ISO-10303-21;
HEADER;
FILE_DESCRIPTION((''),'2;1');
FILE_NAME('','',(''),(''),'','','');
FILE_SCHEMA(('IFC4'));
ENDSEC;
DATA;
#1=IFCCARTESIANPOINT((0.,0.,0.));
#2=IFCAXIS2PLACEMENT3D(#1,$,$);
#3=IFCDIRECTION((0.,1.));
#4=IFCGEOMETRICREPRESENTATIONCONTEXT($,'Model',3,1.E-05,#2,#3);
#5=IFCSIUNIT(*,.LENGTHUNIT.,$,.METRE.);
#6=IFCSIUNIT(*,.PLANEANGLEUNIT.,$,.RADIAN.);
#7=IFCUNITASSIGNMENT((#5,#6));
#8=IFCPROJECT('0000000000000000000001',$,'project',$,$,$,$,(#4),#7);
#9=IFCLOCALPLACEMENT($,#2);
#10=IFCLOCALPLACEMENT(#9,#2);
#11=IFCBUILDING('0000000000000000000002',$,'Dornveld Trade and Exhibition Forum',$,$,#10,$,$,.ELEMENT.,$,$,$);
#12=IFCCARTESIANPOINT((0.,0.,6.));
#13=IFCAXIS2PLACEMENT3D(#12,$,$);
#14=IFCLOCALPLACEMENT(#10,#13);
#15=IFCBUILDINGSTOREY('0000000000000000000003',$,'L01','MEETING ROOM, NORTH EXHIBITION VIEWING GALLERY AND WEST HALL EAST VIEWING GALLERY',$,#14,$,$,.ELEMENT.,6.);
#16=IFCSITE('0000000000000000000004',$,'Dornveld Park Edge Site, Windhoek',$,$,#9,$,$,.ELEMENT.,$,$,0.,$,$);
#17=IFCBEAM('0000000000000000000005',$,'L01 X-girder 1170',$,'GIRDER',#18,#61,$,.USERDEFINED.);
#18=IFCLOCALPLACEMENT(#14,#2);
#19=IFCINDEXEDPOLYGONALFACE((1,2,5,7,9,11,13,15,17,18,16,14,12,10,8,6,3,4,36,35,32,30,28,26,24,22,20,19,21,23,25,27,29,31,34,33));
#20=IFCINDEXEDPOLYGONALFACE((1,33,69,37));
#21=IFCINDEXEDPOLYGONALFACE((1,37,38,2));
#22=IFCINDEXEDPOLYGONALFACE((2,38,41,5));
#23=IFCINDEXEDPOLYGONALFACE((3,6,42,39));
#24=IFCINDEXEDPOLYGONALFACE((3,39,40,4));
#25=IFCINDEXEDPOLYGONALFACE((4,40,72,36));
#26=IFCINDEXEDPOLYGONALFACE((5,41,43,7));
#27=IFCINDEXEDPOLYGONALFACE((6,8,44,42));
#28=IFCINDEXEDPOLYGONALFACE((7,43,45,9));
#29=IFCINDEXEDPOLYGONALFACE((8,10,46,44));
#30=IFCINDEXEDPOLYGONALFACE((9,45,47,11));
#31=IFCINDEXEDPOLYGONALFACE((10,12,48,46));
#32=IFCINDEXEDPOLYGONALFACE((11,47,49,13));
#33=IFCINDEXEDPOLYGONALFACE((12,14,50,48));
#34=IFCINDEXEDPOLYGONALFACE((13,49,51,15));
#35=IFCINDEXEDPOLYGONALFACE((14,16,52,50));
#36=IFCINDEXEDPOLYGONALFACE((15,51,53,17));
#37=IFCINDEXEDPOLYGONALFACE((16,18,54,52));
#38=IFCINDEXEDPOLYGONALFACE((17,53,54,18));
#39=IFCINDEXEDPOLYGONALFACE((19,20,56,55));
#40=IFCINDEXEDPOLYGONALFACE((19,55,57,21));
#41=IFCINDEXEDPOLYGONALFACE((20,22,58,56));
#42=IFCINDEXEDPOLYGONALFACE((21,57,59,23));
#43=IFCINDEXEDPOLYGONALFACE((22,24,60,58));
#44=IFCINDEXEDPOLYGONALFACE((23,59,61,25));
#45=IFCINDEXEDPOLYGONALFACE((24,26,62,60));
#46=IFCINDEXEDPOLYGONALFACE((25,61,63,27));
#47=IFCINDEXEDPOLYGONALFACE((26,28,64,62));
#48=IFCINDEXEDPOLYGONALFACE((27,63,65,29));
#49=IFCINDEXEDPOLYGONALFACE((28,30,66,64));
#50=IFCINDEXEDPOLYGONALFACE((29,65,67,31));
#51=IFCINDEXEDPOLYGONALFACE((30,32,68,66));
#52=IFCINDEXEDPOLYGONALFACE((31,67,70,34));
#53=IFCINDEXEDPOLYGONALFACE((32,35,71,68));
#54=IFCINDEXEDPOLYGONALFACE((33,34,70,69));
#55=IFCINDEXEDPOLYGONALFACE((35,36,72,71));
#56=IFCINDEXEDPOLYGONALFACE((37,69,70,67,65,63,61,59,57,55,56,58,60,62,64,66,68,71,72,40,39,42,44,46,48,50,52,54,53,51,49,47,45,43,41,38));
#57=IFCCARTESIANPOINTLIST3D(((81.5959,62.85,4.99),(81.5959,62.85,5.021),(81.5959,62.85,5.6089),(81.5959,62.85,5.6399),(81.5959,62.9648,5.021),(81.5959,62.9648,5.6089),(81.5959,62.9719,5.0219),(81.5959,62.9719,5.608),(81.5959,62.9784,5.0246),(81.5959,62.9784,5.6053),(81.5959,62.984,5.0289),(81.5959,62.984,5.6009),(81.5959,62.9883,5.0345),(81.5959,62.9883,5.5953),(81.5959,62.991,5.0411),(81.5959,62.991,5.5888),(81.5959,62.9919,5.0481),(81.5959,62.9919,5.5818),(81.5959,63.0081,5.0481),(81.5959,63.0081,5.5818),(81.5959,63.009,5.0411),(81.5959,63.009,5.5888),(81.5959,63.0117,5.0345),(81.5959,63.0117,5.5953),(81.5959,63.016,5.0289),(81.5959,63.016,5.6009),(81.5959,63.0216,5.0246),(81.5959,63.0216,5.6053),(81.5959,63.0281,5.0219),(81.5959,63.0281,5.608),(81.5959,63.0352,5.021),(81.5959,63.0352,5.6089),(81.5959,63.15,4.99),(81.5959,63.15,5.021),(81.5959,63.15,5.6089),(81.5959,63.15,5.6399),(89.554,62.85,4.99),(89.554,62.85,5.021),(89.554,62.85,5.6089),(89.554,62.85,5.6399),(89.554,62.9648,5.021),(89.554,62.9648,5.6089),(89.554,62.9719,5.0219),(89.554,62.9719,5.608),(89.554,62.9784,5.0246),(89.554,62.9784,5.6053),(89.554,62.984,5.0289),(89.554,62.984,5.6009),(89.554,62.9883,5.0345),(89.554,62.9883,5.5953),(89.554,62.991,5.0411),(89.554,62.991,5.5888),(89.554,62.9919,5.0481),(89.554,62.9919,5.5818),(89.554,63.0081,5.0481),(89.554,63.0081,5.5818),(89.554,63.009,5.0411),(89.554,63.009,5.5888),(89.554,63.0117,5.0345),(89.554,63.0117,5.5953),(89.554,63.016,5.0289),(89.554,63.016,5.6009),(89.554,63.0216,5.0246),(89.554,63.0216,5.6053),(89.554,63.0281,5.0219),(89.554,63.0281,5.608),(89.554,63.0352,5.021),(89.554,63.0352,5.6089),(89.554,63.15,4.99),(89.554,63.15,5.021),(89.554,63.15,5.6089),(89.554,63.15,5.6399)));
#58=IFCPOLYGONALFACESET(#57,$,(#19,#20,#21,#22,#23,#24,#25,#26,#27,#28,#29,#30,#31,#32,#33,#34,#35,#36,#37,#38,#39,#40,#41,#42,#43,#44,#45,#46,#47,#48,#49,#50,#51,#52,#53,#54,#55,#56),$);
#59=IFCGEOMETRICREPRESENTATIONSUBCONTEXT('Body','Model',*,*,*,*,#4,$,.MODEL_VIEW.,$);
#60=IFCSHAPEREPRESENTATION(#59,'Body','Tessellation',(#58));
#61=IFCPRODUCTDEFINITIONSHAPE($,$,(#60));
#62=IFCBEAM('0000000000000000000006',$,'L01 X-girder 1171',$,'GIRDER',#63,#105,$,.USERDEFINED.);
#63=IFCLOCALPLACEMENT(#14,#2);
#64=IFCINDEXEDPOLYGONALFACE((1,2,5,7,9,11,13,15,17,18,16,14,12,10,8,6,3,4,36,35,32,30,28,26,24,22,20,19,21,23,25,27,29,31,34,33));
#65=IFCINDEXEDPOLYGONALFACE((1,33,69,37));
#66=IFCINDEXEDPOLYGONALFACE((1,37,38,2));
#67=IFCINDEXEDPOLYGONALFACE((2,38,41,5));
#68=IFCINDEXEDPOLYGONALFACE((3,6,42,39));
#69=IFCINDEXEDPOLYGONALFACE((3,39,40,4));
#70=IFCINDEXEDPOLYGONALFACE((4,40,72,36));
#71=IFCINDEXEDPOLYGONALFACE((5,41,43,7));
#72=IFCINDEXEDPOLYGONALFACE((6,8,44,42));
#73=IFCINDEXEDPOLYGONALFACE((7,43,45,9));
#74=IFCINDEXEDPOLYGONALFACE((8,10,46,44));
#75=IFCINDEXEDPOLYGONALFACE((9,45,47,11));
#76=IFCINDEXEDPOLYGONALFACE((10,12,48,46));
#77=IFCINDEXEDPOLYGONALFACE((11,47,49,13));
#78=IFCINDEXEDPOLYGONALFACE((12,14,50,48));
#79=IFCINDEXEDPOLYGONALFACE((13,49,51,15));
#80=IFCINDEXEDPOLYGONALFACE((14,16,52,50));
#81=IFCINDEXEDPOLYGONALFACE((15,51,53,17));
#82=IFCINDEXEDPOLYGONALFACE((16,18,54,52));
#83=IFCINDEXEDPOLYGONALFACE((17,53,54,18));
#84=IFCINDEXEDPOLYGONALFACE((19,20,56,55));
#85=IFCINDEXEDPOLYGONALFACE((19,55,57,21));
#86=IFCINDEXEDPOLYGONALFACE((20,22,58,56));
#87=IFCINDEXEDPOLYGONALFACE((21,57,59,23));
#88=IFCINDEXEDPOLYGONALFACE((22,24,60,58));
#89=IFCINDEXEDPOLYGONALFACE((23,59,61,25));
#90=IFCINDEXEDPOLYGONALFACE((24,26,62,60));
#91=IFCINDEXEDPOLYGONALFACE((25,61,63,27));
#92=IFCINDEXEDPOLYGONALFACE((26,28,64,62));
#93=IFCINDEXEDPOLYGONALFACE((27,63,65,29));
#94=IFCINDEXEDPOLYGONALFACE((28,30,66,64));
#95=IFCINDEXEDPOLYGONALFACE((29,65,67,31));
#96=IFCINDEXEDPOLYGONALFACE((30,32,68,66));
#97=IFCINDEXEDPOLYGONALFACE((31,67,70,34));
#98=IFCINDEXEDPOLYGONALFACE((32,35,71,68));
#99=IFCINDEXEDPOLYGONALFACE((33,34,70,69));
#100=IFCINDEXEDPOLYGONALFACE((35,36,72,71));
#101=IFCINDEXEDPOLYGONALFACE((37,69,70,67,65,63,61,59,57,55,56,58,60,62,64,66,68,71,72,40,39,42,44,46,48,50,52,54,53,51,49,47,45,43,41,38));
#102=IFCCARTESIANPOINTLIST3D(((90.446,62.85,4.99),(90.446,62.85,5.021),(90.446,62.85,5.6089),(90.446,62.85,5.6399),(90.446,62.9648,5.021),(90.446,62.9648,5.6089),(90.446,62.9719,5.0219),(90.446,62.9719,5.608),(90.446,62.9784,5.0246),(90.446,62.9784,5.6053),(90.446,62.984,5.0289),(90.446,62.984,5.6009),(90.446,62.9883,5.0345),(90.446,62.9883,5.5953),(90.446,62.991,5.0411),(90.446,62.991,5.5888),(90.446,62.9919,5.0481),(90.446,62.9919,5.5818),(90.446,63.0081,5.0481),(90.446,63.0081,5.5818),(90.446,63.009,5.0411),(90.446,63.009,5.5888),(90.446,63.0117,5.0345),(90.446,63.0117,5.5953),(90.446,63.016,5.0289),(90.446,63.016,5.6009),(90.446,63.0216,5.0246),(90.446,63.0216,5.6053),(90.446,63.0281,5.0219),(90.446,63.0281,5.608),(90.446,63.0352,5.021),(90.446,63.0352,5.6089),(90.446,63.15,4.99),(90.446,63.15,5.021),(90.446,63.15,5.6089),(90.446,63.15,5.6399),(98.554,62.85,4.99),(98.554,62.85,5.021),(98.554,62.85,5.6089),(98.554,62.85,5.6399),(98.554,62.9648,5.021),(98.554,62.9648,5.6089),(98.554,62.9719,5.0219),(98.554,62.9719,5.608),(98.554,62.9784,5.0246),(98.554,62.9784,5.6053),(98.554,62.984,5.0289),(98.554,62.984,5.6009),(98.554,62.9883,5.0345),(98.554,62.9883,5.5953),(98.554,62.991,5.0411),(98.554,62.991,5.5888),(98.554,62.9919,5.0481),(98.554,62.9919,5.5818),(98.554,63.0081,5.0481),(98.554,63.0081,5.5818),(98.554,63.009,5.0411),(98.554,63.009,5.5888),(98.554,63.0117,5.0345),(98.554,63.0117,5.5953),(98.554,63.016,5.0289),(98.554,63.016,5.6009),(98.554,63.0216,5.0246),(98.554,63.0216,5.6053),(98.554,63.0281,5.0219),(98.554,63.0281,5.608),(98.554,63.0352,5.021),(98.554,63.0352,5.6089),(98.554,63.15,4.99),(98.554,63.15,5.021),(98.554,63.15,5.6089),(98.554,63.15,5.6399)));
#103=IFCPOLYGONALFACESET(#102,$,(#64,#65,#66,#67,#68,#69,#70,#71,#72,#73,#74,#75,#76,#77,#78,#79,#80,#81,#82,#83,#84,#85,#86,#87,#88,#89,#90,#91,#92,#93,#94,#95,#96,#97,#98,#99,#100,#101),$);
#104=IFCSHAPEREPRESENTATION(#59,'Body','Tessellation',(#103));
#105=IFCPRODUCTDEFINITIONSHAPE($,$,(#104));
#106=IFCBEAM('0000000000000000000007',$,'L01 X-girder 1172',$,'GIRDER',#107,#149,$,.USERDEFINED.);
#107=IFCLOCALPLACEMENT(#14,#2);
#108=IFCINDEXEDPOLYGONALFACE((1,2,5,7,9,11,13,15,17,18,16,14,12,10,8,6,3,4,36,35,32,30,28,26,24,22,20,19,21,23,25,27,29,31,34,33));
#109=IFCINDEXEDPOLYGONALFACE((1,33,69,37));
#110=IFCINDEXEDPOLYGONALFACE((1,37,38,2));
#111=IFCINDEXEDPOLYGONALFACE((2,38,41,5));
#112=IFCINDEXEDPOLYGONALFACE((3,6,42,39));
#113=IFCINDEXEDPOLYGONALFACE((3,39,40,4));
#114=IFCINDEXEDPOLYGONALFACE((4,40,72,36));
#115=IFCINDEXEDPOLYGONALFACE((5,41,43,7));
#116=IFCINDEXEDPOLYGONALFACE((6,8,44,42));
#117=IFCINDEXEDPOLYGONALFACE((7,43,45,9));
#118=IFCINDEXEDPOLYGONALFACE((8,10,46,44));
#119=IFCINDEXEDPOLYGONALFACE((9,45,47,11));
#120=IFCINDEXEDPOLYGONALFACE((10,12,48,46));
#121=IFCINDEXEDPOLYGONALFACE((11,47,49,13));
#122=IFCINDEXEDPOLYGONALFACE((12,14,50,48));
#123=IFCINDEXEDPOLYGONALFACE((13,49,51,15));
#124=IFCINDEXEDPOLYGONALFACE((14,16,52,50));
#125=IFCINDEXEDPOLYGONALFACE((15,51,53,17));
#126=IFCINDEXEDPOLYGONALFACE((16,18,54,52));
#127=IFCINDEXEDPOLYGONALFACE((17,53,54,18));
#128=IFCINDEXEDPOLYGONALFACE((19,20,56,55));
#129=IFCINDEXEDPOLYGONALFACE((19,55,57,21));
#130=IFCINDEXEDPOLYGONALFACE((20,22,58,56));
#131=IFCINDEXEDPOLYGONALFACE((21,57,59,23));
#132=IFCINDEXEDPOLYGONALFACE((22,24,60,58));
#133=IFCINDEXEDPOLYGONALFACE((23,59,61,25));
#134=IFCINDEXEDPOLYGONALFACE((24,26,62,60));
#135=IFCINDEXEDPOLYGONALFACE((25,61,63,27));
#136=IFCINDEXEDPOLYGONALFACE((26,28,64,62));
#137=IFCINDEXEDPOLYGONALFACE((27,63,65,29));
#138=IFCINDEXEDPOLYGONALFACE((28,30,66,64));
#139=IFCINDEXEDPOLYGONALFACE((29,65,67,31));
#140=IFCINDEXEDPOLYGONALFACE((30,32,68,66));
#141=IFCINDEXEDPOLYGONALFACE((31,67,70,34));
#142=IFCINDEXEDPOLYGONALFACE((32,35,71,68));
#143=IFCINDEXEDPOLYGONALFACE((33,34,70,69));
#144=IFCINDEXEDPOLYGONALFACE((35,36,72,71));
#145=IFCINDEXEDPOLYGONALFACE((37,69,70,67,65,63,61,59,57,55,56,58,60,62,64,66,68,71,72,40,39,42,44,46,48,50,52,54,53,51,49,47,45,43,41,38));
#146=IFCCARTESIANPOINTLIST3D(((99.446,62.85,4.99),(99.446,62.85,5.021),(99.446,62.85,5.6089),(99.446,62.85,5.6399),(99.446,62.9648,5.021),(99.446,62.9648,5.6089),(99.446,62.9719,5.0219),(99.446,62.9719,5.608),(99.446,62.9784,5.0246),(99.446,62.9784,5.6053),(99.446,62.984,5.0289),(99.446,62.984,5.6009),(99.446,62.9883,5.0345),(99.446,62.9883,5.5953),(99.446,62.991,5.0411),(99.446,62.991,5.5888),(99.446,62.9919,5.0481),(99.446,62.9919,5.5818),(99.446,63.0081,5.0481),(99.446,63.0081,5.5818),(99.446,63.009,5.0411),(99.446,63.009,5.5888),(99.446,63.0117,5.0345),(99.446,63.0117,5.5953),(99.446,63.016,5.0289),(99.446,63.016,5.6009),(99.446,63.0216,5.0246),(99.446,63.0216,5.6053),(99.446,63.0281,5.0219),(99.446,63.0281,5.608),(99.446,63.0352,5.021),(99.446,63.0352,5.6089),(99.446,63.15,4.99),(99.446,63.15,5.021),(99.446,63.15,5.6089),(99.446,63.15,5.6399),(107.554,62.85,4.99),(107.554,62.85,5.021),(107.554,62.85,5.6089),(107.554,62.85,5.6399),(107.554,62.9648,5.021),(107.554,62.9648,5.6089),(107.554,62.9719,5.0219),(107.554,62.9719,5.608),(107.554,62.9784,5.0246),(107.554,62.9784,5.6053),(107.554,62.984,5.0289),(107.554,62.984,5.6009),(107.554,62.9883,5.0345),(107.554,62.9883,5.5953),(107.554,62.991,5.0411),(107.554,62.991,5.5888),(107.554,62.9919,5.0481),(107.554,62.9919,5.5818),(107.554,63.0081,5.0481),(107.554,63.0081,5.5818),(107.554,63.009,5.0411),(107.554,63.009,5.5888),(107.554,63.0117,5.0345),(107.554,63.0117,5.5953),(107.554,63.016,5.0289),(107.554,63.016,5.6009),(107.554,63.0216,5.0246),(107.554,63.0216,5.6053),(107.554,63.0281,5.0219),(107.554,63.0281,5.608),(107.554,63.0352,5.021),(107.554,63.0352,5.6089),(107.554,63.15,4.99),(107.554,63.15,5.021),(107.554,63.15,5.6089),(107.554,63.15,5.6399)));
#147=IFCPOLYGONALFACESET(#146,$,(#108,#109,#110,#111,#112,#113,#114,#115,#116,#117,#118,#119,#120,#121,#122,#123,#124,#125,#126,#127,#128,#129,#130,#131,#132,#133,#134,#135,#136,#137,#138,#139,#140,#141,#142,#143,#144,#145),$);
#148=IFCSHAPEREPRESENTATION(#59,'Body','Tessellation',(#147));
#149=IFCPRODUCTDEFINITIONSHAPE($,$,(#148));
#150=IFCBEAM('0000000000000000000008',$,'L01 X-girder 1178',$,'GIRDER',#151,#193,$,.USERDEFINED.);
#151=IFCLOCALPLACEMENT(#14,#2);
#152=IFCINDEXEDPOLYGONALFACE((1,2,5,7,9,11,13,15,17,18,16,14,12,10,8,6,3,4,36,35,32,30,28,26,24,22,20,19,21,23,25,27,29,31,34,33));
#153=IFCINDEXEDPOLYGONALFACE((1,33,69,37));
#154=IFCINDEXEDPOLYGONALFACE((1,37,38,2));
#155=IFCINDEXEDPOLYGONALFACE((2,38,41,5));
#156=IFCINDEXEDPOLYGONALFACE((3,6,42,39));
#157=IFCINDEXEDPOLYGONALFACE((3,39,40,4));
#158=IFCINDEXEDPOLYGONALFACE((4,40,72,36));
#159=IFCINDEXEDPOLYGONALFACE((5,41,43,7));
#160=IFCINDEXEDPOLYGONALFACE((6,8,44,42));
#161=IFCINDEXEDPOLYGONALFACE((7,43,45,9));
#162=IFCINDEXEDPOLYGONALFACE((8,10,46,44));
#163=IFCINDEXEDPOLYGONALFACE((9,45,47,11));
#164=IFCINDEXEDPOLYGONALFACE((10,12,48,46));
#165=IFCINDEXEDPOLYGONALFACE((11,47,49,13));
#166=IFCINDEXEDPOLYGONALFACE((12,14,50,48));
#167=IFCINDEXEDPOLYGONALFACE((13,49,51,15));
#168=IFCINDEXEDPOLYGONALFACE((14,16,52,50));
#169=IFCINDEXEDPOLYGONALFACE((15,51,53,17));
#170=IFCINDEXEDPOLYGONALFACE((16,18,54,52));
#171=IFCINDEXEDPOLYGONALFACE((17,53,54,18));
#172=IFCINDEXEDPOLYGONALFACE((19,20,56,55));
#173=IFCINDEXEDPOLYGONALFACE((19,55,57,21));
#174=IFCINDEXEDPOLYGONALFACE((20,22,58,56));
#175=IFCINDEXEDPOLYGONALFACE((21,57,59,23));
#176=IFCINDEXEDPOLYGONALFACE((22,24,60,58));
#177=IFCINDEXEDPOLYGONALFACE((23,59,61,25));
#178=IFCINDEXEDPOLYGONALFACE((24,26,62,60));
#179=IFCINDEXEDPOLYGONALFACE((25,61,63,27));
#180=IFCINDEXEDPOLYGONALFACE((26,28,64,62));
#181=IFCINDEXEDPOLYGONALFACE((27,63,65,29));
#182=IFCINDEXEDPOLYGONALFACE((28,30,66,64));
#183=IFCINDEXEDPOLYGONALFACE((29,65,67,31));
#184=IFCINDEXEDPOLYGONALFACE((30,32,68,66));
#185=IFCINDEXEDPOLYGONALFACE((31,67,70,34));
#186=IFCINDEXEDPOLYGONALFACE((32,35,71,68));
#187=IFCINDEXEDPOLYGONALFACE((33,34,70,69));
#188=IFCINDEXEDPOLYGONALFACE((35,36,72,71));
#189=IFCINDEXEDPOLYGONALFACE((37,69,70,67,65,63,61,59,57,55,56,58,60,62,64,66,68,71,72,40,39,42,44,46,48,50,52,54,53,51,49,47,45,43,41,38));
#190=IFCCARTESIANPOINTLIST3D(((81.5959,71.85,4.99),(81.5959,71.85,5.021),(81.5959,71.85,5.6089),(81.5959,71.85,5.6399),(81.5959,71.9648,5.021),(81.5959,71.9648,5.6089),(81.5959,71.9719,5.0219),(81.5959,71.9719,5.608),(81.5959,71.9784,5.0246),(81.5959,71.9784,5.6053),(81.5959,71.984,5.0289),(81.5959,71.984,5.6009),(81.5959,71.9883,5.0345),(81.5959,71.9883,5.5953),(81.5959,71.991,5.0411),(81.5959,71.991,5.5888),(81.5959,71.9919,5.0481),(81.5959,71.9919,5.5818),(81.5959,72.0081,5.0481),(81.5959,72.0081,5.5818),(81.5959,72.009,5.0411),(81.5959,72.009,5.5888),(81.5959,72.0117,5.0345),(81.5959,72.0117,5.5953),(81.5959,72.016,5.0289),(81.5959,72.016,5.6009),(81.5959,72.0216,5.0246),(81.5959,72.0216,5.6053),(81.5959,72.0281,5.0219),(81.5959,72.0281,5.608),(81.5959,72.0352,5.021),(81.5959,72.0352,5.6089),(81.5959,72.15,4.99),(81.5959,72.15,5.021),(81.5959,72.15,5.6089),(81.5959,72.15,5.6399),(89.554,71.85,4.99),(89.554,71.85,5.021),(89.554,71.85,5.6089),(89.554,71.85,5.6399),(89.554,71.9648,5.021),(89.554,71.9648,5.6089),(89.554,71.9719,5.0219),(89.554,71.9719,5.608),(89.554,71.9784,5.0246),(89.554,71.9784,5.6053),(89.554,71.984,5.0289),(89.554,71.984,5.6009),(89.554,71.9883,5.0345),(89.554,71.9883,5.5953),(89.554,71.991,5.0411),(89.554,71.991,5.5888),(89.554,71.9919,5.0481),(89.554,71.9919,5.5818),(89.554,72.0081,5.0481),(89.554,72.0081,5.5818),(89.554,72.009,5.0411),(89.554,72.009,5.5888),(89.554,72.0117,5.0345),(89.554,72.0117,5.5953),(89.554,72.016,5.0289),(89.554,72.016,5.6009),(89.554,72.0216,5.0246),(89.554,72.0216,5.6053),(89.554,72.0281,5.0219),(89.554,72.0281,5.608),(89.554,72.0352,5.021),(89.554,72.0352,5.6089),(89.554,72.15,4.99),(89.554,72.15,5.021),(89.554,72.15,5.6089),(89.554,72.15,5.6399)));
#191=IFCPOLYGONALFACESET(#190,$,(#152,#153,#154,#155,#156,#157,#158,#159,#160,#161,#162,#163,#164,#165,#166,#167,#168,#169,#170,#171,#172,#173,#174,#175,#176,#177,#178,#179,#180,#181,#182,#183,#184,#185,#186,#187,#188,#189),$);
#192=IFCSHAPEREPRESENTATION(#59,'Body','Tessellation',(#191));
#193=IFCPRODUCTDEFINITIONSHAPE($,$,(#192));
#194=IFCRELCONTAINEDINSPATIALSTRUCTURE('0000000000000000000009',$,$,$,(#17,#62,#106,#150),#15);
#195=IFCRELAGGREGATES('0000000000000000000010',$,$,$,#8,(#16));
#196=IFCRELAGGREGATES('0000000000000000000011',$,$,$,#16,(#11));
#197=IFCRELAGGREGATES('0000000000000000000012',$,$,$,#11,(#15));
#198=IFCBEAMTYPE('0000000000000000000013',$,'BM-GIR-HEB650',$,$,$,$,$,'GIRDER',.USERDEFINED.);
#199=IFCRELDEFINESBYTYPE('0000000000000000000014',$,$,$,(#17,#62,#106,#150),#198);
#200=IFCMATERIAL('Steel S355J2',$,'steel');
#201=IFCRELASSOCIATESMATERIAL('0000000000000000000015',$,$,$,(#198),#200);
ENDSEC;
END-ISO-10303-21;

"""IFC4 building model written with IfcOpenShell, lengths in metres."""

from ifc_helpers import new_model, si_unit, direction, frame, origin, origin_2d, place, context, subcontext, project, spatial, i_section, extrude, material, material_profile, profile_set, type_object, element, save


model = new_model("IFC4")

# Units and contexts
model_context = context("Model", 3, precision=1e-05, world=origin(), true_north=direction((0.0, 1.0)))
body_context = subcontext(model_context, "Body", "Model", "MODEL_VIEW")
ifc_project = project(units=[si_unit("LENGTHUNIT", "METRE"), si_unit("PLANEANGLEUNIT", "RADIAN")], contexts=[model_context])

# Site, building, storey
site_placement = place(None, origin())
site = spatial("IfcSite", under=ifc_project, at=site_placement, Name="Dornveld Park Edge Site, Windhoek", CompositionType="ELEMENT", RefElevation=0.0)
building_placement = place(site_placement, origin())
building = spatial("IfcBuilding", under=site, at=building_placement, Name="Dornveld Trade and Exhibition Forum", CompositionType="ELEMENT")
storey_placement = place(building_placement, frame((0.0, 0.0, 6.0)))
storey = spatial("IfcBuildingStorey", under=building, at=storey_placement, Name="L01", Description="MEETING ROOM, NORTH EXHIBITION VIEWING GALLERY AND WEST HALL EAST VIEWING GALLERY", CompositionType="ELEMENT", Elevation=6.0)

# Beams
ifc_material_1 = material(Name="Steel S355J2", Category="steel")
ifc_material_profile_1 = material_profile(ifc_material_1, i_section(OverallWidth=0.3, OverallDepth=0.6499, WebThickness=0.0161, FlangeThickness=0.031, FilletRadius=0.0271, at=origin_2d()), Name="HEB 650")
ifc_profile_set_1 = profile_set([ifc_material_profile_1], Name="Steel S355J2")
beam_type_1 = type_object("IfcBeamType", Name="BM-GIR-HEB650", ElementType="GIRDER", PredefinedType="USERDEFINED", material=ifc_profile_set_1)
beam_1_placement = place(storey_placement, frame((81.5959, 63.0, 5.3149), z_axis=(1.0, 0.0, 0.0), x_axis=(0.0, 1.0, 0.0)))
element("IfcBeam", 1, at=beam_1_placement, inside=storey, type_object=beam_type_1, Name="L01 X-girder 1170", ObjectType="GIRDER", PredefinedType="USERDEFINED", context=body_context, shape_type="SweptSolid", body=[
    extrude(i_section(OverallWidth=0.3, OverallDepth=0.6499, WebThickness=0.0161, FlangeThickness=0.031, FilletRadius=0.0271, at=origin_2d()), origin(), (0.0, 0.0, 1.0), 7.958),
])
for number, where, z_axis, x_axis, name in (
    (2, (90.446, 63.0, 5.3149), (1.0, 0.0, 0.0), (0.0, 1.0, 0.0), "L01 X-girder 1171"),
    (3, (99.446, 63.0, 5.3149), (1.0, 0.0, 0.0), (0.0, 1.0, 0.0), "L01 X-girder 1172"),
):
    element("IfcBeam", number, at=place(storey_placement, frame(where, z_axis=z_axis, x_axis=x_axis)), inside=storey, type_object=beam_type_1, Name=name, ObjectType="GIRDER", PredefinedType="USERDEFINED", context=body_context, shape_type="SweptSolid", body=[
        extrude(i_section(OverallWidth=0.3, OverallDepth=0.6499, WebThickness=0.0161, FlangeThickness=0.031, FilletRadius=0.0271, at=origin_2d()), origin(), (0.0, 0.0, 1.0), 8.1079),
    ])
beam_2_placement = place(storey_placement, frame((81.5959, 72.0, 5.3149), z_axis=(1.0, 0.0, 0.0), x_axis=(0.0, 1.0, 0.0)))
element("IfcBeam", 4, at=beam_2_placement, inside=storey, type_object=beam_type_1, Name="L01 X-girder 1178", ObjectType="GIRDER", PredefinedType="USERDEFINED", context=body_context, shape_type="SweptSolid", body=[
    extrude(i_section(OverallWidth=0.3, OverallDepth=0.6499, WebThickness=0.0161, FlangeThickness=0.031, FilletRadius=0.0271, at=origin_2d()), origin(), (0.0, 0.0, 1.0), 7.958),
])

save(model, "model.ifc")
